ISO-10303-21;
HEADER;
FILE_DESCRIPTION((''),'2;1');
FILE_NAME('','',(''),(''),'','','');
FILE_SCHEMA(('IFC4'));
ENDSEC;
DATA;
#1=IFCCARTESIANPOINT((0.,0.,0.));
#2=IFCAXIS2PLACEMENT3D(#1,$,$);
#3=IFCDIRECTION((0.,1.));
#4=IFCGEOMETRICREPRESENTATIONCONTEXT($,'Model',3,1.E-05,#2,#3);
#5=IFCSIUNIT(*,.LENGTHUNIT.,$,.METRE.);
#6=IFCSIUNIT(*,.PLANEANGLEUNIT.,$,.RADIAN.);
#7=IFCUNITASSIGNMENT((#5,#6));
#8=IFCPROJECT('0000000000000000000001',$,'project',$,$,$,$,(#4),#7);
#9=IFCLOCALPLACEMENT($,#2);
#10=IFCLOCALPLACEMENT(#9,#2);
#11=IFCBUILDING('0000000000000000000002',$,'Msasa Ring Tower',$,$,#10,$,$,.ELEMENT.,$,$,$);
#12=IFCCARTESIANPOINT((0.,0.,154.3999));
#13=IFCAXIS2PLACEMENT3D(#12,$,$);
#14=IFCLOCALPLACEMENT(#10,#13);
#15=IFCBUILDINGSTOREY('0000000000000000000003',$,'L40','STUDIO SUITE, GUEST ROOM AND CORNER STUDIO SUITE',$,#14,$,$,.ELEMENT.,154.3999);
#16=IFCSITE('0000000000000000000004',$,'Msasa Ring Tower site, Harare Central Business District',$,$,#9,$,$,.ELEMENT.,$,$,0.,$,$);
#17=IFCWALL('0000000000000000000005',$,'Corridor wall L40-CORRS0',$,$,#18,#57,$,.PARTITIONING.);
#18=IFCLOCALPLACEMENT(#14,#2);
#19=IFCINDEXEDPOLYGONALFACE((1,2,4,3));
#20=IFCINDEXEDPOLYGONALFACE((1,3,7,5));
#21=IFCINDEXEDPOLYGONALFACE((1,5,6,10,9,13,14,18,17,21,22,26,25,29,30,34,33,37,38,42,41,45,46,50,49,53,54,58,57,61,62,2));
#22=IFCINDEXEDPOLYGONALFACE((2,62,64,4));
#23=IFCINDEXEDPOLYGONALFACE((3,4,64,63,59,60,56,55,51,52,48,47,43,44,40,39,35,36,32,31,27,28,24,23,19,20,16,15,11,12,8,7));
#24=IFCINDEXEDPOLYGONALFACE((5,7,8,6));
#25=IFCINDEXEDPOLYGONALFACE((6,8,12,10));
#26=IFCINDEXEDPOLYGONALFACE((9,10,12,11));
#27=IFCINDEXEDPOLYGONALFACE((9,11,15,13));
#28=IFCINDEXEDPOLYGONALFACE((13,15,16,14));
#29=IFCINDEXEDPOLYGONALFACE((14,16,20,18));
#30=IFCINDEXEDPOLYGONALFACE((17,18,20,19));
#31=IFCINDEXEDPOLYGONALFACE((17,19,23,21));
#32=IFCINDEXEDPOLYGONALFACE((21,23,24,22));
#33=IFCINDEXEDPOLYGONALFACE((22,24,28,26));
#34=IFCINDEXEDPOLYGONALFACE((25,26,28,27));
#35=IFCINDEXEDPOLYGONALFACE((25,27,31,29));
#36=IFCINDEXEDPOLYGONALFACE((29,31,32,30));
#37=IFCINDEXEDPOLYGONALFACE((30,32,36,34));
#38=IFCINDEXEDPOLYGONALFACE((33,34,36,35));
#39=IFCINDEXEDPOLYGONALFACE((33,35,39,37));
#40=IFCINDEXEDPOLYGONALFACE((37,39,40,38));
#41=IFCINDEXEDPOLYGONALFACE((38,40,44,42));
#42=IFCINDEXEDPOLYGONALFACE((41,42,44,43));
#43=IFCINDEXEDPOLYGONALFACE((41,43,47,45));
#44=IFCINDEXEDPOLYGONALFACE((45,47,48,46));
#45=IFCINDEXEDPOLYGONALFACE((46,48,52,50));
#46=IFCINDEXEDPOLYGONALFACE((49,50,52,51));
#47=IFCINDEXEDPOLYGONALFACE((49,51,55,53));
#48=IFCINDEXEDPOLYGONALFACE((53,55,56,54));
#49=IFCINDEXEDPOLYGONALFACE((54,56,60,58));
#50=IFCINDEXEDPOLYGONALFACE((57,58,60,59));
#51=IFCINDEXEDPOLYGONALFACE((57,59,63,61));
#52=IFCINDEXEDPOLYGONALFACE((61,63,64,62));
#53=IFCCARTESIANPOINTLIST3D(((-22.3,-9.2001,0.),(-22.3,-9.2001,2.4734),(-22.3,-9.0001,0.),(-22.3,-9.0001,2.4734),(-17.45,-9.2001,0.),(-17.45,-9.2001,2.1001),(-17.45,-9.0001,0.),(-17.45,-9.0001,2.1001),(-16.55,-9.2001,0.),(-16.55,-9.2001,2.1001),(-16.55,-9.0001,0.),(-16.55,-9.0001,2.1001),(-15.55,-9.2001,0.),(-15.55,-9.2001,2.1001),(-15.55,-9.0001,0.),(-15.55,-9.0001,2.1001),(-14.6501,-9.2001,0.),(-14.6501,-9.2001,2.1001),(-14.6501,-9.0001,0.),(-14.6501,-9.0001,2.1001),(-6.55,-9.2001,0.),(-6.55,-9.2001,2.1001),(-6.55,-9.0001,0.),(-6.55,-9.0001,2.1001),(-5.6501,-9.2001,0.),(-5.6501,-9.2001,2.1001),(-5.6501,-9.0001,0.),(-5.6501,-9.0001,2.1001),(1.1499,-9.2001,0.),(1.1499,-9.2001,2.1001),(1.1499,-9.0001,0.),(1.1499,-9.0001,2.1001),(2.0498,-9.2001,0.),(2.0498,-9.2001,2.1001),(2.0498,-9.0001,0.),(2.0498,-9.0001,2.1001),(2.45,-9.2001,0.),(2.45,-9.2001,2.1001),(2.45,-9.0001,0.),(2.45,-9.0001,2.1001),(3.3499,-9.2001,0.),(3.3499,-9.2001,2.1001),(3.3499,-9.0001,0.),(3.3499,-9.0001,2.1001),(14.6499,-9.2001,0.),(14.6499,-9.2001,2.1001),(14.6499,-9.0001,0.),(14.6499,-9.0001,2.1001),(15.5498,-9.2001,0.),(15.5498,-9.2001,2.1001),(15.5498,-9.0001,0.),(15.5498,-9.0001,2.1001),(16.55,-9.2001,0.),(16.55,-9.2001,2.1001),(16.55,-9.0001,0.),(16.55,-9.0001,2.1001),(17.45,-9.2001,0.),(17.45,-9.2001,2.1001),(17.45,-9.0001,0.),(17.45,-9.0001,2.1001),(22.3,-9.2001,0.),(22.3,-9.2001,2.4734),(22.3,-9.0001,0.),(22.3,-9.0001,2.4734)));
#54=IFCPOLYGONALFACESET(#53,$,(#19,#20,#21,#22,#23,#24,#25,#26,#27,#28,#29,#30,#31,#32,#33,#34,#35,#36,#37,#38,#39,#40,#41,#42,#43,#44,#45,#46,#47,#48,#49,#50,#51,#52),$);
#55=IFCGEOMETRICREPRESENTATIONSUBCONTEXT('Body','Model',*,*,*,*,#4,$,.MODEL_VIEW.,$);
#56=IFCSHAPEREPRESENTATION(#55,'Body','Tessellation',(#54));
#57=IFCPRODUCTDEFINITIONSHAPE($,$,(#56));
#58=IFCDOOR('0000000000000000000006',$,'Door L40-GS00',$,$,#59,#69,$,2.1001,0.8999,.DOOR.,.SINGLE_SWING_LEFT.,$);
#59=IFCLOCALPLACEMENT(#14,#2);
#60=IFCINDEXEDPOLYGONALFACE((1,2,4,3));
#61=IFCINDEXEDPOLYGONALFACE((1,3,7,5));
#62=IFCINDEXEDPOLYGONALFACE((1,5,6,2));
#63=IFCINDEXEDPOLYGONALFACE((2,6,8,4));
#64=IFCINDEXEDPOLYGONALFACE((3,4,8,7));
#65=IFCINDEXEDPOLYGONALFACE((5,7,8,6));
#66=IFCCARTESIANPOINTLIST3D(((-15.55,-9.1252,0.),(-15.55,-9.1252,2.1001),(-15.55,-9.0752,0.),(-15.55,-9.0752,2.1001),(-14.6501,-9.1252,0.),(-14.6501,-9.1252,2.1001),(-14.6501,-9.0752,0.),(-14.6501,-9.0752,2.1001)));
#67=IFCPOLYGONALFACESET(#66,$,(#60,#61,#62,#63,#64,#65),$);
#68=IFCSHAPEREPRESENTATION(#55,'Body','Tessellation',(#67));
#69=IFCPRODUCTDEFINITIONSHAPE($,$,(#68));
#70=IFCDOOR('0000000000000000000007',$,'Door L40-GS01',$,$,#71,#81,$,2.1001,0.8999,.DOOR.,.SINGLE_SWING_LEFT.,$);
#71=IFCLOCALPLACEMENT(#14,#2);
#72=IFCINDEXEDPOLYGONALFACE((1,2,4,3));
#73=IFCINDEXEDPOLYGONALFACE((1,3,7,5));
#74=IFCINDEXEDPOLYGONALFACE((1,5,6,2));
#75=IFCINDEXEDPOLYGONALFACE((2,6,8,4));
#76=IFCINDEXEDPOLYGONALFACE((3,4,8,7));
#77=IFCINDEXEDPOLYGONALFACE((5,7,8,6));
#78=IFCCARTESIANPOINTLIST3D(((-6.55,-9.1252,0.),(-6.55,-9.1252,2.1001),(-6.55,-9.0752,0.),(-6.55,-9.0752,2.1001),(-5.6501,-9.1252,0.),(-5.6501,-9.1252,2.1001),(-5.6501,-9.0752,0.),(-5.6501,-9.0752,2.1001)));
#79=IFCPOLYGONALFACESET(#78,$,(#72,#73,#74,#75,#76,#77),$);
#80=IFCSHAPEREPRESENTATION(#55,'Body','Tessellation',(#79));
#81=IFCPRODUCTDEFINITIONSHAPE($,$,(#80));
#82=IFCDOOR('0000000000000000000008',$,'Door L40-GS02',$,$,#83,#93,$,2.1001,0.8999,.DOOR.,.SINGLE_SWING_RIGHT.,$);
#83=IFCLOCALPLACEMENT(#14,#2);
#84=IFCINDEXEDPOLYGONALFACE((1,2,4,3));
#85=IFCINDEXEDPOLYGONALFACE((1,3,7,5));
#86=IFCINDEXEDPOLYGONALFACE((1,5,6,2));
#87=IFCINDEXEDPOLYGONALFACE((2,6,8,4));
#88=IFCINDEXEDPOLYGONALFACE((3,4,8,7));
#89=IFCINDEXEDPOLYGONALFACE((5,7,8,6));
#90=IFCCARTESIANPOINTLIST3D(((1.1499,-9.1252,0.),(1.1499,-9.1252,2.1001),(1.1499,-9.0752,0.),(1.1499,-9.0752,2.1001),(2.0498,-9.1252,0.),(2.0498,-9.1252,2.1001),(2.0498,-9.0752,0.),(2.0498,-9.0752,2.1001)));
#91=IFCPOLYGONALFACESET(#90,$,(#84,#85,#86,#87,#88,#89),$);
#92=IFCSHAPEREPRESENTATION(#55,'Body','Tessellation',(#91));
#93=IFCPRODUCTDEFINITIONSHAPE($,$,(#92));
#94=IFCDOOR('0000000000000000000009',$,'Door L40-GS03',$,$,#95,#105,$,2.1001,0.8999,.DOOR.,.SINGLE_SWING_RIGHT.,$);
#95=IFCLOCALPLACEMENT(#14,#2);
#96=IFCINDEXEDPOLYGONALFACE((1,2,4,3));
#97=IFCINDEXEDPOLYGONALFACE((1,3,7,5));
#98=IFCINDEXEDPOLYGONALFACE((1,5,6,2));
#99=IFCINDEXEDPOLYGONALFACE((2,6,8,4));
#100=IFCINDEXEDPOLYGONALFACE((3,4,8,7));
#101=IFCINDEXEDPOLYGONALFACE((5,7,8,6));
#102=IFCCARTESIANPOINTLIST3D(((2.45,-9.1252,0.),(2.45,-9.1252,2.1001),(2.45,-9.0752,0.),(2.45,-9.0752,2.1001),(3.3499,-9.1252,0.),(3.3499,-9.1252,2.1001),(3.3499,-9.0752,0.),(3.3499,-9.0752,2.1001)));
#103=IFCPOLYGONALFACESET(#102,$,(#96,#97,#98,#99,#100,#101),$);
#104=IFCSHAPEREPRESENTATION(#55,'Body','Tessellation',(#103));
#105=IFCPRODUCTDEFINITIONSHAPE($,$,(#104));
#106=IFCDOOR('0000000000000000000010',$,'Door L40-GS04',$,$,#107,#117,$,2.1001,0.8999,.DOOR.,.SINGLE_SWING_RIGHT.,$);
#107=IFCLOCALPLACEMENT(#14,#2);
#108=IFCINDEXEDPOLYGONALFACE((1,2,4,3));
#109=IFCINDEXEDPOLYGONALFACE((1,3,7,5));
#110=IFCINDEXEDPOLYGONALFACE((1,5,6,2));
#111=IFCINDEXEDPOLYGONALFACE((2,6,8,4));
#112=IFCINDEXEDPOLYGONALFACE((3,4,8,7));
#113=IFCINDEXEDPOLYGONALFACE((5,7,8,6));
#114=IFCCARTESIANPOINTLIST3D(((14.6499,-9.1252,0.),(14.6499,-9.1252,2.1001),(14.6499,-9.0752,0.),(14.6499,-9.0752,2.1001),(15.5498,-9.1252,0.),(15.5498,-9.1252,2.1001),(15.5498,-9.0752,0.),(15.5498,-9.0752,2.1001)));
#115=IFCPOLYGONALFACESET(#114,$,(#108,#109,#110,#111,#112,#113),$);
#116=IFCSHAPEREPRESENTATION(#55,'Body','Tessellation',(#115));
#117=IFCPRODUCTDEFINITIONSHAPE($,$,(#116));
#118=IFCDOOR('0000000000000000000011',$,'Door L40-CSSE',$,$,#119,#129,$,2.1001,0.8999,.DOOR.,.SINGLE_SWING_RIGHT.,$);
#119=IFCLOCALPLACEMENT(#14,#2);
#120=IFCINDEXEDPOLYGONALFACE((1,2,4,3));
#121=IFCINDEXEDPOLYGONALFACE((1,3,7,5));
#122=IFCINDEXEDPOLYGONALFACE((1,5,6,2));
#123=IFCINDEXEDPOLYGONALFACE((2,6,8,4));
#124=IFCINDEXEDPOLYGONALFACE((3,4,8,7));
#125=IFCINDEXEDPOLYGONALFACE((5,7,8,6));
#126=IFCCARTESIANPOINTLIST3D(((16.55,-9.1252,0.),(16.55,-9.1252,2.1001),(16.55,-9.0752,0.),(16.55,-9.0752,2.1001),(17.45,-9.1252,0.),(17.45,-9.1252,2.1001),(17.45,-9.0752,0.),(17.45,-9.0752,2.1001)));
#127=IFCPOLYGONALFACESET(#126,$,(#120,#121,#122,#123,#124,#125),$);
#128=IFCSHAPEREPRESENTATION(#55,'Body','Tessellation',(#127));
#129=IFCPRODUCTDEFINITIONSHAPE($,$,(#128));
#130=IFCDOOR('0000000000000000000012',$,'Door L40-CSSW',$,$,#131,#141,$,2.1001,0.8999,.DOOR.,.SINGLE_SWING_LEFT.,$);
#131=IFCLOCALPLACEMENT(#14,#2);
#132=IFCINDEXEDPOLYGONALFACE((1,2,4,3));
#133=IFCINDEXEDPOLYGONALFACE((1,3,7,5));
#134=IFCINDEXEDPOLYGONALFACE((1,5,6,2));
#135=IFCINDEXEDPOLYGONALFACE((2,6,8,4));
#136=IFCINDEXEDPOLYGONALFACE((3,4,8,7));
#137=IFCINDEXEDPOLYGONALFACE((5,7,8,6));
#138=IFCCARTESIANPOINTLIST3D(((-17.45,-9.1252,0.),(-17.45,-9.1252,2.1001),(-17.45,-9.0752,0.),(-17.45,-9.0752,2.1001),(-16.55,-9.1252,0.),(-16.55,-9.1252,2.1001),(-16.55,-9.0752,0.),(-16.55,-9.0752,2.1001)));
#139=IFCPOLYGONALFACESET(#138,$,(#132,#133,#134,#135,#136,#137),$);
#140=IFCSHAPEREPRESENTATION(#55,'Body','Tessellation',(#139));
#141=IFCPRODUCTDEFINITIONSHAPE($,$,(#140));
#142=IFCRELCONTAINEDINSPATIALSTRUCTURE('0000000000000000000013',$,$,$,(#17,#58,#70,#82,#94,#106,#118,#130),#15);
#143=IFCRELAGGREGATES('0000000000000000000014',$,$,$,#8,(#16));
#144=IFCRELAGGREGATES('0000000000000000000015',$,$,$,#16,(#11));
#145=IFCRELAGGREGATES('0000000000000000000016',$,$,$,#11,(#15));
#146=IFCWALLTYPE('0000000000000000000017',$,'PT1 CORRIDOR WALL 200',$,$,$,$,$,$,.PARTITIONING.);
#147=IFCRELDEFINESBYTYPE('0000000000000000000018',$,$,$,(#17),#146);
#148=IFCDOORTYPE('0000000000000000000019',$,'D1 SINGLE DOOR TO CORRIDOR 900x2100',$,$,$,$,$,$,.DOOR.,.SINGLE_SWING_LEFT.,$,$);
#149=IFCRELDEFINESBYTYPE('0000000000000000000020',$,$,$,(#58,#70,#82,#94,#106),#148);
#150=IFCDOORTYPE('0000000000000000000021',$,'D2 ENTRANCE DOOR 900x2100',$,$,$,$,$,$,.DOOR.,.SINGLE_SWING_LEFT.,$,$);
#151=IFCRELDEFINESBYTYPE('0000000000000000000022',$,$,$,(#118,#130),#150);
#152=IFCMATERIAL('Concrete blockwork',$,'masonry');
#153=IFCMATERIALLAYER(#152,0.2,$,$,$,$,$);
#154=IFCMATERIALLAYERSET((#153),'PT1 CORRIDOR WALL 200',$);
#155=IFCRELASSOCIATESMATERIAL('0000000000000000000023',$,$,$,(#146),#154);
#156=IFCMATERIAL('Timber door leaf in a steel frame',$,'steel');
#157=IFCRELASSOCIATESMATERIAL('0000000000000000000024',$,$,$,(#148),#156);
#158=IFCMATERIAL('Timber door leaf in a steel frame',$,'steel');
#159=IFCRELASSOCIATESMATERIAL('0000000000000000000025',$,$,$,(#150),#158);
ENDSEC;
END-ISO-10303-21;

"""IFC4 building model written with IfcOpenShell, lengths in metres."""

from ifc_helpers import new_model, si_unit, direction, frame, frame_2d, origin, place, context, subcontext, project, spatial, rectangle, extrude, material, layer, layer_set, type_object, element, fill, save


model = new_model("IFC4")

# Units and contexts
model_context = context("Model", 3, precision=1e-05, world=origin(), true_north=direction((0.0, 1.0)))
body_context = subcontext(model_context, "Body", "Model", "MODEL_VIEW")
ifc_project = project(units=[si_unit("LENGTHUNIT", "METRE"), si_unit("PLANEANGLEUNIT", "RADIAN")], contexts=[model_context])

# Site, building, storey
site_placement = place(None, origin())
site = spatial("IfcSite", under=ifc_project, at=site_placement, Name="Msasa Ring Tower site, Harare Central Business District", CompositionType="ELEMENT", RefElevation=0.0)
building_placement = place(site_placement, origin())
building = spatial("IfcBuilding", under=site, at=building_placement, Name="Msasa Ring Tower", CompositionType="ELEMENT")
storey_placement = place(building_placement, frame((0.0, 0.0, 154.3999)))
storey = spatial("IfcBuildingStorey", under=building, at=storey_placement, Name="L40", Description="STUDIO SUITE, GUEST ROOM AND CORNER STUDIO SUITE", CompositionType="ELEMENT", Elevation=154.3999)

# Wall, openings, doors
ifc_material_1 = material(Name="Concrete blockwork", Category="masonry")
ifc_layer_1 = layer(ifc_material_1, 0.2)
ifc_layer_set_1 = layer_set([ifc_layer_1], Name="PT1 CORRIDOR WALL 200")
wall_type_1 = type_object("IfcWallType", Name="PT1 CORRIDOR WALL 200", PredefinedType="PARTITIONING", material=ifc_layer_set_1)
wall_1_placement = place(storey_placement, frame((-22.3, -9.1001, 0.0), z_axis=(0.0, 0.0, 1.0), x_axis=(1.0, 0.0, 0.0)))
wall_1 = element("IfcWall", 1, at=wall_1_placement, inside=storey, type_object=wall_type_1, Name="Corridor wall L40-CORRS0", PredefinedType="PARTITIONING", context=body_context, shape_type="SweptSolid", body=[
    extrude(rectangle(XDim=44.6001, YDim=0.2, at=frame_2d((22.3, 0.0))), origin(), (0.0, 0.0, 1.0), 2.4734),
])
opening_1_placement = place(wall_1_placement, frame((6.75, 0.0, 0.0)))
opening_1 = element("IfcOpeningElement", 2, at=opening_1_placement, cuts=wall_1, PredefinedType="OPENING", context=body_context, shape_type="SweptSolid", body=[
    extrude(rectangle(XDim=0.8999, YDim=2.1001, at=frame_2d((0.45, 1.05))), frame((0.0, 0.1099, 0.0), z_axis=(0.0, -1.0, 0.0), x_axis=(1.0, 0.0, 0.0)), (0.0, 0.0, 1.0), 0.22),
])
opening_2_placement = place(wall_1_placement, frame((15.75, 0.0, 0.0)))
opening_2 = element("IfcOpeningElement", 3, at=opening_2_placement, cuts=wall_1, PredefinedType="OPENING", context=body_context, shape_type="SweptSolid", body=[
    extrude(rectangle(XDim=0.8999, YDim=2.1001, at=frame_2d((0.45, 1.05))), frame((0.0, 0.1099, 0.0), z_axis=(0.0, -1.0, 0.0), x_axis=(1.0, 0.0, 0.0)), (0.0, 0.0, 1.0), 0.22),
])
opening_3_placement = place(wall_1_placement, frame((23.45, 0.0, 0.0)))
opening_3 = element("IfcOpeningElement", 4, at=opening_3_placement, cuts=wall_1, PredefinedType="OPENING", context=body_context, shape_type="SweptSolid", body=[
    extrude(rectangle(XDim=0.8999, YDim=2.1001, at=frame_2d((0.45, 1.05))), frame((0.0, 0.1099, 0.0), z_axis=(0.0, -1.0, 0.0), x_axis=(1.0, 0.0, 0.0)), (0.0, 0.0, 1.0), 0.22),
])
opening_4_placement = place(wall_1_placement, frame((24.75, 0.0, 0.0)))
opening_4 = element("IfcOpeningElement", 5, at=opening_4_placement, cuts=wall_1, PredefinedType="OPENING", context=body_context, shape_type="SweptSolid", body=[
    extrude(rectangle(XDim=0.8999, YDim=2.1001, at=frame_2d((0.45, 1.05))), frame((0.0, 0.1099, 0.0), z_axis=(0.0, -1.0, 0.0), x_axis=(1.0, 0.0, 0.0)), (0.0, 0.0, 1.0), 0.22),
])
opening_5_placement = place(wall_1_placement, frame((36.95, 0.0, 0.0)))
opening_5 = element("IfcOpeningElement", 6, at=opening_5_placement, cuts=wall_1, PredefinedType="OPENING", context=body_context, shape_type="SweptSolid", body=[
    extrude(rectangle(XDim=0.8999, YDim=2.1001, at=frame_2d((0.45, 1.05))), frame((0.0, 0.1099, 0.0), z_axis=(0.0, -1.0, 0.0), x_axis=(1.0, 0.0, 0.0)), (0.0, 0.0, 1.0), 0.22),
])
opening_6_placement = place(wall_1_placement, frame((38.8501, 0.0, 0.0)))
opening_6 = element("IfcOpeningElement", 7, at=opening_6_placement, cuts=wall_1, PredefinedType="OPENING", context=body_context, shape_type="SweptSolid", body=[
    extrude(rectangle(XDim=0.8999, YDim=2.1001, at=frame_2d((0.45, 1.05))), frame((0.0, 0.1099, 0.0), z_axis=(0.0, -1.0, 0.0), x_axis=(1.0, 0.0, 0.0)), (0.0, 0.0, 1.0), 0.22),
])
opening_7_placement = place(wall_1_placement, frame((4.8501, 0.0, 0.0)))
opening_7 = element("IfcOpeningElement", 8, at=opening_7_placement, cuts=wall_1, PredefinedType="OPENING", context=body_context, shape_type="SweptSolid", body=[
    extrude(rectangle(XDim=0.8999, YDim=2.1001, at=frame_2d((0.45, 1.05))), frame((0.0, 0.1099, 0.0), z_axis=(0.0, -1.0, 0.0), x_axis=(1.0, 0.0, 0.0)), (0.0, 0.0, 1.0), 0.22),
])
ifc_material_2 = material(Name="Timber door leaf in a steel frame", Category="steel")
door_type_1 = type_object("IfcDoorType", Name="D1 SINGLE DOOR TO CORRIDOR 900x2100", OperationType="SINGLE_SWING_LEFT", PredefinedType="DOOR", material=ifc_material_2)
door_1_placement = place(opening_1_placement, origin())
door_1 = element("IfcDoor", 9, at=door_1_placement, inside=storey, type_object=door_type_1, Name="Door L40-GS00", OperationType="SINGLE_SWING_LEFT", OverallHeight=2.1001, OverallWidth=0.8999, PredefinedType="DOOR", context=body_context, shape_type="SweptSolid", body=[
    extrude(rectangle(XDim=0.8999, YDim=2.1001, at=frame_2d((0.45, 1.05))), frame((0.0, 0.0249, 0.0), z_axis=(0.0, -1.0, 0.0), x_axis=(1.0, 0.0, 0.0)), (0.0, 0.0, 1.0), 0.05),
])
fill(opening_1, door_1)
door_2_placement = place(opening_2_placement, origin())
door_2 = element("IfcDoor", 10, at=door_2_placement, inside=storey, type_object=door_type_1, Name="Door L40-GS01", OperationType="SINGLE_SWING_LEFT", OverallHeight=2.1001, OverallWidth=0.8999, PredefinedType="DOOR", context=body_context, shape_type="SweptSolid", body=[
    extrude(rectangle(XDim=0.8999, YDim=2.1001, at=frame_2d((0.45, 1.05))), frame((0.0, 0.0249, 0.0), z_axis=(0.0, -1.0, 0.0), x_axis=(1.0, 0.0, 0.0)), (0.0, 0.0, 1.0), 0.05),
])
fill(opening_2, door_2)
door_3_placement = place(opening_3_placement, origin())
door_3 = element("IfcDoor", 11, at=door_3_placement, inside=storey, type_object=door_type_1, Name="Door L40-GS02", OperationType="SINGLE_SWING_RIGHT", OverallHeight=2.1001, OverallWidth=0.8999, PredefinedType="DOOR", context=body_context, shape_type="SweptSolid", body=[
    extrude(rectangle(XDim=0.8999, YDim=2.1001, at=frame_2d((0.45, 1.05))), frame((0.0, 0.0249, 0.0), z_axis=(0.0, -1.0, 0.0), x_axis=(1.0, 0.0, 0.0)), (0.0, 0.0, 1.0), 0.05),
])
fill(opening_3, door_3)
door_4_placement = place(opening_4_placement, origin())
door_4 = element("IfcDoor", 12, at=door_4_placement, inside=storey, type_object=door_type_1, Name="Door L40-GS03", OperationType="SINGLE_SWING_RIGHT", OverallHeight=2.1001, OverallWidth=0.8999, PredefinedType="DOOR", context=body_context, shape_type="SweptSolid", body=[
    extrude(rectangle(XDim=0.8999, YDim=2.1001, at=frame_2d((0.45, 1.05))), frame((0.0, 0.0249, 0.0), z_axis=(0.0, -1.0, 0.0), x_axis=(1.0, 0.0, 0.0)), (0.0, 0.0, 1.0), 0.05),
])
fill(opening_4, door_4)
door_5_placement = place(opening_5_placement, origin())
door_5 = element("IfcDoor", 13, at=door_5_placement, inside=storey, type_object=door_type_1, Name="Door L40-GS04", OperationType="SINGLE_SWING_RIGHT", OverallHeight=2.1001, OverallWidth=0.8999, PredefinedType="DOOR", context=body_context, shape_type="SweptSolid", body=[
    extrude(rectangle(XDim=0.8999, YDim=2.1001, at=frame_2d((0.45, 1.05))), frame((0.0, 0.0249, 0.0), z_axis=(0.0, -1.0, 0.0), x_axis=(1.0, 0.0, 0.0)), (0.0, 0.0, 1.0), 0.05),
])
fill(opening_5, door_5)
ifc_material_3 = material(Name="Timber door leaf in a steel frame", Category="steel")
door_type_2 = type_object("IfcDoorType", Name="D2 ENTRANCE DOOR 900x2100", OperationType="SINGLE_SWING_LEFT", PredefinedType="DOOR", material=ifc_material_3)
door_6_placement = place(opening_6_placement, origin())
door_6 = element("IfcDoor", 14, at=door_6_placement, inside=storey, type_object=door_type_2, Name="Door L40-CSSE", OperationType="SINGLE_SWING_RIGHT", OverallHeight=2.1001, OverallWidth=0.8999, PredefinedType="DOOR", context=body_context, shape_type="SweptSolid", body=[
    extrude(rectangle(XDim=0.8999, YDim=2.1001, at=frame_2d((0.45, 1.05))), frame((0.0, 0.0249, 0.0), z_axis=(0.0, -1.0, 0.0), x_axis=(1.0, 0.0, 0.0)), (0.0, 0.0, 1.0), 0.05),
])
fill(opening_6, door_6)
door_7_placement = place(opening_7_placement, origin())
door_7 = element("IfcDoor", 15, at=door_7_placement, inside=storey, type_object=door_type_2, Name="Door L40-CSSW", OperationType="SINGLE_SWING_LEFT", OverallHeight=2.1001, OverallWidth=0.8999, PredefinedType="DOOR", context=body_context, shape_type="SweptSolid", body=[
    extrude(rectangle(XDim=0.8999, YDim=2.1001, at=frame_2d((0.45, 1.05))), frame((0.0, 0.0249, 0.0), z_axis=(0.0, -1.0, 0.0), x_axis=(1.0, 0.0, 0.0)), (0.0, 0.0, 1.0), 0.05),
])
fill(opening_7, door_7)

save(model, "model.ifc")
